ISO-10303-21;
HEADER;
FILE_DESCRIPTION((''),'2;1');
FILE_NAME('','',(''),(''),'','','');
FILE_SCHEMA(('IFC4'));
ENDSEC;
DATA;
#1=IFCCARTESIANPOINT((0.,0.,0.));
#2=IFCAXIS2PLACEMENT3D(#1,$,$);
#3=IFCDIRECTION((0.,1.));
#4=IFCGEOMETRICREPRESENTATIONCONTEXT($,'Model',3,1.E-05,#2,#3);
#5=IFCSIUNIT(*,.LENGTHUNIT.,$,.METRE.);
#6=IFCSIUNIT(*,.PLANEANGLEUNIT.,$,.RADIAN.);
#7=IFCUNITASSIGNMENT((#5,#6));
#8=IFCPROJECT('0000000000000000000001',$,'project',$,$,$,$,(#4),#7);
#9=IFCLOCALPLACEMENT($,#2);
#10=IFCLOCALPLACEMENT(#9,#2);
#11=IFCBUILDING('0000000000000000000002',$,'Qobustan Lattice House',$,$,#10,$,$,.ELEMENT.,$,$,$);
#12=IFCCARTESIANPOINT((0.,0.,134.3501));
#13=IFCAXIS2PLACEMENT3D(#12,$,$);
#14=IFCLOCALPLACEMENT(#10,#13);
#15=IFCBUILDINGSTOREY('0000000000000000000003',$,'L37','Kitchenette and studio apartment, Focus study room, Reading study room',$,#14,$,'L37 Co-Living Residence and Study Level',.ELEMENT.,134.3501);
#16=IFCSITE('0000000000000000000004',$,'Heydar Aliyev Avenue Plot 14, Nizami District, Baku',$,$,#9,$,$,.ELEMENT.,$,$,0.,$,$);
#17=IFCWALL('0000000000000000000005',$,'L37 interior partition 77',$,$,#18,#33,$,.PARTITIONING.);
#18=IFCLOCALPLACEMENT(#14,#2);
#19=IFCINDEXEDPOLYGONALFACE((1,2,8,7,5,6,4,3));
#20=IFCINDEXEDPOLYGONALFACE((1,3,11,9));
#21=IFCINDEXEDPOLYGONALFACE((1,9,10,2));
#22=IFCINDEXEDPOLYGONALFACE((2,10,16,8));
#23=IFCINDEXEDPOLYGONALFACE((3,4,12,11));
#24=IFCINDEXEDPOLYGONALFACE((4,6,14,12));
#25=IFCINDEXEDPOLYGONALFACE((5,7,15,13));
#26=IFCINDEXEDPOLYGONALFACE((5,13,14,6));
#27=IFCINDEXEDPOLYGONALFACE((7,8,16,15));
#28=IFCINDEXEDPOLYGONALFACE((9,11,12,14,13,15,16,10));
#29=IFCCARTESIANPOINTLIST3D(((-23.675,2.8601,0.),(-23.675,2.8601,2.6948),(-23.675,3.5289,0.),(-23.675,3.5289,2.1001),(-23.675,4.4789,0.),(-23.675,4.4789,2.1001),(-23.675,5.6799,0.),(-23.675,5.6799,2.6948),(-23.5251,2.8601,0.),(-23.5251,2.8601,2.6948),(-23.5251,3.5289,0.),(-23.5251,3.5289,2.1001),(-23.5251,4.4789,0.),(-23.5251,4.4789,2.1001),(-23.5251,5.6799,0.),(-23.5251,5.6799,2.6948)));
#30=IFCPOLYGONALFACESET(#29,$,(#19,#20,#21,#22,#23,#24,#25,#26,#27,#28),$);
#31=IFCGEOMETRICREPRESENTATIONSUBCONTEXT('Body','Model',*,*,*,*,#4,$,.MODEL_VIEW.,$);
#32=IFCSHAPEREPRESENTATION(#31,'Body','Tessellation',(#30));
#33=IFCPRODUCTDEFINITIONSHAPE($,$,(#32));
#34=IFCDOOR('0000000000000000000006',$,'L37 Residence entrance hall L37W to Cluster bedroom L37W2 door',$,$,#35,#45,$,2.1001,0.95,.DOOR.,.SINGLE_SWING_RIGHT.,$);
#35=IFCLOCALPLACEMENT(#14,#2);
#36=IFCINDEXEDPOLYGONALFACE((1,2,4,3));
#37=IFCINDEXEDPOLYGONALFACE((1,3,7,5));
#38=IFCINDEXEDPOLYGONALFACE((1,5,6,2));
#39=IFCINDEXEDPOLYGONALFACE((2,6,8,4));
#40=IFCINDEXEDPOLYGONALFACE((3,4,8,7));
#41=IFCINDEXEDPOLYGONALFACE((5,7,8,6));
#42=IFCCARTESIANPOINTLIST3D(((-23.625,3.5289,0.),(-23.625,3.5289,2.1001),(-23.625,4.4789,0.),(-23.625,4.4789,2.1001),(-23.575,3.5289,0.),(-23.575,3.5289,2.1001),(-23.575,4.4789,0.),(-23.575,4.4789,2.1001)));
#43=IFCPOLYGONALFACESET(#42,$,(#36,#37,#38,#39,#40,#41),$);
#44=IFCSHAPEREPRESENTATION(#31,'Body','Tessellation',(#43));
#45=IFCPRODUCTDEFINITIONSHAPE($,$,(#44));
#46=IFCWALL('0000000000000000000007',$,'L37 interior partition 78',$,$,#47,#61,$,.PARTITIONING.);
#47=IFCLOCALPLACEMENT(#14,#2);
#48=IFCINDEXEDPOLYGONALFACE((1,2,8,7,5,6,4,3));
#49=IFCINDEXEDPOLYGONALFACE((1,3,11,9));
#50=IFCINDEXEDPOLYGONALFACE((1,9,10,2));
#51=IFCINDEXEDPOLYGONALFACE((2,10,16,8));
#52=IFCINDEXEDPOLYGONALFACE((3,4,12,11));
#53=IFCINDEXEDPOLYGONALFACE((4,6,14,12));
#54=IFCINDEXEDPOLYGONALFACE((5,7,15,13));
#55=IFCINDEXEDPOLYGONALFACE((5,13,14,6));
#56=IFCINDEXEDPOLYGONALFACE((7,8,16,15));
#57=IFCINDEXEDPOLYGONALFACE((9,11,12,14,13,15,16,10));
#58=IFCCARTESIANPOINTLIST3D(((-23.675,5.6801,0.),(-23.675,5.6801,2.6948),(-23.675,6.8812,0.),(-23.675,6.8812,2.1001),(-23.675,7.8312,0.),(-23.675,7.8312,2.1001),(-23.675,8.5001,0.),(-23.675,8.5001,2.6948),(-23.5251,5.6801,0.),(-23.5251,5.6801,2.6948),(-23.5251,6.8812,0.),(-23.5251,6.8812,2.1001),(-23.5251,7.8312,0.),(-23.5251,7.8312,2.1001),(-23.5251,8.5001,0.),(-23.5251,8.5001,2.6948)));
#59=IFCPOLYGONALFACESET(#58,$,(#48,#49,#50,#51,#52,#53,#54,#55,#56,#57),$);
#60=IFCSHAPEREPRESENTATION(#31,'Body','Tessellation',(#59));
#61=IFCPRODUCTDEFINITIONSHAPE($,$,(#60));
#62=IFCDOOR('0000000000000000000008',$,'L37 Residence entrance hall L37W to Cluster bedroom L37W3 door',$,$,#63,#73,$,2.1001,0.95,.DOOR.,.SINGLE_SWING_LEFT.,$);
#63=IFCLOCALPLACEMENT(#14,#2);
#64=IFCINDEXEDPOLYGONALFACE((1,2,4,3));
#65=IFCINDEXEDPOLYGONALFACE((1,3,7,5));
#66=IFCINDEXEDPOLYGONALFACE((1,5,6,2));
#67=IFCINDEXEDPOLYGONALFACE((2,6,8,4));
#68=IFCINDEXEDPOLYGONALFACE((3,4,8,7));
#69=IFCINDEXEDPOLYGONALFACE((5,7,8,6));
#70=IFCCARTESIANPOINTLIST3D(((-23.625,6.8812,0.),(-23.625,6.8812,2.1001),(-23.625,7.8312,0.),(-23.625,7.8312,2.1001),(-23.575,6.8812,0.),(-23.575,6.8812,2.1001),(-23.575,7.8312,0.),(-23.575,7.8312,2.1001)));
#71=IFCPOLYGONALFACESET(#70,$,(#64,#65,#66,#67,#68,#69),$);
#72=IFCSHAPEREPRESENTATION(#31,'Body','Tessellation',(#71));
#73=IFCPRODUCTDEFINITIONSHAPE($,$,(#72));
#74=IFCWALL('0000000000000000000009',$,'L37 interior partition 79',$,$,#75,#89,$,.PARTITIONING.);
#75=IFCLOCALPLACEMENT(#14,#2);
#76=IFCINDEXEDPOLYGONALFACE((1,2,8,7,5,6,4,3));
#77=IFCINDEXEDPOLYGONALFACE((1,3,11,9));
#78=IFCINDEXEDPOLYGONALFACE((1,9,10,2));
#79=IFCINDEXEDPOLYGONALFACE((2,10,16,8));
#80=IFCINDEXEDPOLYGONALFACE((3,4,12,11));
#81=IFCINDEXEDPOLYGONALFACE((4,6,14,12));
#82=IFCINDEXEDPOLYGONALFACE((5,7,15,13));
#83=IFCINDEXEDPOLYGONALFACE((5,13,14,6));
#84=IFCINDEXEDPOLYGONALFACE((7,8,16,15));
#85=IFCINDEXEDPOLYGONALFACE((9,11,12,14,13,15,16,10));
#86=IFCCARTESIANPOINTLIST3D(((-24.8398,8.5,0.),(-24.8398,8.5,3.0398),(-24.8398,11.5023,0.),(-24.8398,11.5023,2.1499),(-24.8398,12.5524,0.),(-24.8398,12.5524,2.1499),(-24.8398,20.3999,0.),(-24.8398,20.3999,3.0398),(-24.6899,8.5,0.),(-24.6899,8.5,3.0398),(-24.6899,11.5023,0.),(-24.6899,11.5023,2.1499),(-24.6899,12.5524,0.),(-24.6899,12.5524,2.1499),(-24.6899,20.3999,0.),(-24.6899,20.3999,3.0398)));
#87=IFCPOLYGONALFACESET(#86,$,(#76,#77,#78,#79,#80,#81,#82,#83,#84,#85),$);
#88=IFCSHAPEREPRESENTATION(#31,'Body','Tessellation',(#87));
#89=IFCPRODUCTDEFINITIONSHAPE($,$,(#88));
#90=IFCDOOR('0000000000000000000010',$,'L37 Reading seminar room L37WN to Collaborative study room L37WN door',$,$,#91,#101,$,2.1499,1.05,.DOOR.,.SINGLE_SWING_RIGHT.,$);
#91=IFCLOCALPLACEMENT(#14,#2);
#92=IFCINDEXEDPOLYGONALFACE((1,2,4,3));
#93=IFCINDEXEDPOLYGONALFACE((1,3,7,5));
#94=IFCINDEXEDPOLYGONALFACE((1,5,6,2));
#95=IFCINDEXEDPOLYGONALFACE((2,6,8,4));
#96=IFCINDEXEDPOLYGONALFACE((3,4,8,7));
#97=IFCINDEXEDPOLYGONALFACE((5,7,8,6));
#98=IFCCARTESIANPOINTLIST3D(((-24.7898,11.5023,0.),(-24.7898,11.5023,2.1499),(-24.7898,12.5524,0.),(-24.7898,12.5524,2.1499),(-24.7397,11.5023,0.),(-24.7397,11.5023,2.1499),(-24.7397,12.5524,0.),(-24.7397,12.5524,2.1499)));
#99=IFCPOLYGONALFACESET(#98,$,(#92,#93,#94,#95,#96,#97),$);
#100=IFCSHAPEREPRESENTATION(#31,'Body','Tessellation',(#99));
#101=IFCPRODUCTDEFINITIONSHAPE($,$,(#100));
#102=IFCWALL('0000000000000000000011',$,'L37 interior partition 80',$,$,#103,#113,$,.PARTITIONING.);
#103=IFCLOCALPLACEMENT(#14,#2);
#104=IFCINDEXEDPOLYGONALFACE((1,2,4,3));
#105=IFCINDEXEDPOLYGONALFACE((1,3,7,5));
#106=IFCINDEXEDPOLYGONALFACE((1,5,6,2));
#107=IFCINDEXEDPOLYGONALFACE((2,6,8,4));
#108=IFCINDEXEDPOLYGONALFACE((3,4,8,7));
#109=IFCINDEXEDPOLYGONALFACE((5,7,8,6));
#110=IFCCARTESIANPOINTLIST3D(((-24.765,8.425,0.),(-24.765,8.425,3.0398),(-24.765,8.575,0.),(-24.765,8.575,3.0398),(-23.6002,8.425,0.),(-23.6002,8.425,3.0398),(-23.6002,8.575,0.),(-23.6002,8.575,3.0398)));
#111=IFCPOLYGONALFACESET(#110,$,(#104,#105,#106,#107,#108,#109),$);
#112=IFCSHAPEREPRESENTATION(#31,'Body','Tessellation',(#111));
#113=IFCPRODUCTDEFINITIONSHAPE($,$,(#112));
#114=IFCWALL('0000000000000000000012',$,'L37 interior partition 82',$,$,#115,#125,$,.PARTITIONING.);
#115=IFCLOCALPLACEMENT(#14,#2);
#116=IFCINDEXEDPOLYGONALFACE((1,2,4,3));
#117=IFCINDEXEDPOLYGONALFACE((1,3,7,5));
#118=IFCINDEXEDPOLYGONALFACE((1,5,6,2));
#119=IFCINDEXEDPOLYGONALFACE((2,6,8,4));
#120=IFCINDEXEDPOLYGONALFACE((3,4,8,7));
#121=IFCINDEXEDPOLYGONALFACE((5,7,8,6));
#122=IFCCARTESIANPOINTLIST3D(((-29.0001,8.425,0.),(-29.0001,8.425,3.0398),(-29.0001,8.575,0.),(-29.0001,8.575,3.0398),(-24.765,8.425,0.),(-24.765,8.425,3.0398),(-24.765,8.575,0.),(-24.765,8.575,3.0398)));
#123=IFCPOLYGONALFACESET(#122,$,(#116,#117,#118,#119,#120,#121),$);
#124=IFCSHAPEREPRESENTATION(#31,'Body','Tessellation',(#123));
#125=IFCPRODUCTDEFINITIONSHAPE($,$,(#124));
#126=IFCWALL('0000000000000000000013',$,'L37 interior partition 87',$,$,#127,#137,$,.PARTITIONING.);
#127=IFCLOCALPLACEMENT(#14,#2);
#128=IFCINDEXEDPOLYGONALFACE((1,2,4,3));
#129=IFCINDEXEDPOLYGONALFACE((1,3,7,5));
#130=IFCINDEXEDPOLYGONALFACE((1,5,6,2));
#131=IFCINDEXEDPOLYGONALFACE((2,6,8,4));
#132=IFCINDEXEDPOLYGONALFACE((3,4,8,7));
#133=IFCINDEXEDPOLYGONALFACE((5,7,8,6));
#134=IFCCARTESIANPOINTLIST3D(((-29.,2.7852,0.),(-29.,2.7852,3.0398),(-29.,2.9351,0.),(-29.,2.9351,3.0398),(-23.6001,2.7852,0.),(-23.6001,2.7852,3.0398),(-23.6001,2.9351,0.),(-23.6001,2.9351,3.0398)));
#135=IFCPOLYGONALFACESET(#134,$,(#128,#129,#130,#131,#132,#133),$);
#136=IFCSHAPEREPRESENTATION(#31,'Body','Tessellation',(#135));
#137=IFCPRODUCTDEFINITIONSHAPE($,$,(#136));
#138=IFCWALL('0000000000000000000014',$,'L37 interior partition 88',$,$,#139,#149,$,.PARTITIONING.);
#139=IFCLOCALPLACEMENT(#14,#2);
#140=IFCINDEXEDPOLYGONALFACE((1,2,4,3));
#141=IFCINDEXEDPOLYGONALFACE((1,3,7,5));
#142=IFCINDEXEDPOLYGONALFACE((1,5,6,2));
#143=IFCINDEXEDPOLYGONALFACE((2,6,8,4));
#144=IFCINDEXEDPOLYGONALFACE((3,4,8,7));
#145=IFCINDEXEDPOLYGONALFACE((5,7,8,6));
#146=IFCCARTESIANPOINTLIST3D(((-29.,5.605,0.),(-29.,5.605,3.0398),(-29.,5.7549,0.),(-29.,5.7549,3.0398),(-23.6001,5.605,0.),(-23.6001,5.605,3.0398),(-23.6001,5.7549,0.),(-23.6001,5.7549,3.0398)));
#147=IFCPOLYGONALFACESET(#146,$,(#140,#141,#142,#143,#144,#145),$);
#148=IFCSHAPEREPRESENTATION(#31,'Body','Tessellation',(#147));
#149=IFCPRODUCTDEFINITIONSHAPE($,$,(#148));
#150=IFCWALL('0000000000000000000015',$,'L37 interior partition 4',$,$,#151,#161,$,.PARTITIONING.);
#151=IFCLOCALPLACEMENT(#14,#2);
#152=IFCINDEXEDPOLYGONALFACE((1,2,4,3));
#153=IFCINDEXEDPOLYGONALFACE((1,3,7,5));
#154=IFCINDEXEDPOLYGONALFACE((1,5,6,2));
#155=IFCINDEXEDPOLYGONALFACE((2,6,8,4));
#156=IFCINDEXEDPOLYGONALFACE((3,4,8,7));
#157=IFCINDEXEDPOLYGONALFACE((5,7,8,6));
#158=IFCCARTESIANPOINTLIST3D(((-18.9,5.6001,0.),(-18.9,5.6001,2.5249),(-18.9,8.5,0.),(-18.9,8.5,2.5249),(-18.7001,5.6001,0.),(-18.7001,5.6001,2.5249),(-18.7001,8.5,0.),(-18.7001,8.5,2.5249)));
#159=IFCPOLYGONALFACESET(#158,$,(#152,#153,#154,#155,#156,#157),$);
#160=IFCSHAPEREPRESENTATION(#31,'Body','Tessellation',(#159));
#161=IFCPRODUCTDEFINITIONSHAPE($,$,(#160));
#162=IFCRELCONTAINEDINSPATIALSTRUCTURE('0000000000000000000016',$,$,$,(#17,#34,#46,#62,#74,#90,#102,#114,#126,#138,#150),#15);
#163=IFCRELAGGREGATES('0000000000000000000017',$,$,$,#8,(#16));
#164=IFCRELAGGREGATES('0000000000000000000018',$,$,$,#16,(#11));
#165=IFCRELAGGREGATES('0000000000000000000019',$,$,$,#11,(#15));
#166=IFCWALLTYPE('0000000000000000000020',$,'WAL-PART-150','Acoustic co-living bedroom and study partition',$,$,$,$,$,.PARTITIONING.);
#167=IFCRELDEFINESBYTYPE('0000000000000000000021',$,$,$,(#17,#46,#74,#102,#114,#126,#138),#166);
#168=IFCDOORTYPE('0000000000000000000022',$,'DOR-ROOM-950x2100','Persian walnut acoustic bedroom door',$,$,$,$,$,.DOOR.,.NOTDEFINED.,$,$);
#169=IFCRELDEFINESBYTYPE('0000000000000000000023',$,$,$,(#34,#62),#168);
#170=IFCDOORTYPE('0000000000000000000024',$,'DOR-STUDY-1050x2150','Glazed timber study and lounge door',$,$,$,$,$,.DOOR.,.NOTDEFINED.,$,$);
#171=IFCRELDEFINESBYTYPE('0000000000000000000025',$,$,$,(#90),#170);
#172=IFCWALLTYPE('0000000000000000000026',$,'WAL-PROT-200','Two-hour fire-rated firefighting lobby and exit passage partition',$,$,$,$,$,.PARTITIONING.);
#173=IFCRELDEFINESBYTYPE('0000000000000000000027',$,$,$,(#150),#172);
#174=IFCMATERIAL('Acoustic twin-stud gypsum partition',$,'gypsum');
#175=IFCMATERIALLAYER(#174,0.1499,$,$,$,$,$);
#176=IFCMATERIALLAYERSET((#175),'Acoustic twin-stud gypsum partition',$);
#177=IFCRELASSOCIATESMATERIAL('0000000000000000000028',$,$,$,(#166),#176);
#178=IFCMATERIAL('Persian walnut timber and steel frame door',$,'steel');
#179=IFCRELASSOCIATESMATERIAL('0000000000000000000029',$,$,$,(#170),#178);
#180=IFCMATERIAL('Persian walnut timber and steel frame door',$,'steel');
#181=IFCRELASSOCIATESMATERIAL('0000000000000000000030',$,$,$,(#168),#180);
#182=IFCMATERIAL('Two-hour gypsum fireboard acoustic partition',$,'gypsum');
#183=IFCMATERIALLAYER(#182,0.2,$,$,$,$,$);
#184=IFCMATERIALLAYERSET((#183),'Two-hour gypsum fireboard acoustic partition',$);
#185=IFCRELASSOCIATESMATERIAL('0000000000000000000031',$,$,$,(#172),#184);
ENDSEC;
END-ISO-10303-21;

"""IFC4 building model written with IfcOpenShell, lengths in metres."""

from ifc_helpers import new_model, si_unit, direction, frame, frame_2d, origin, place, context, subcontext, project, spatial, rectangle, extrude, material, layer, layer_set, type_object, element, fill, save


model = new_model("IFC4")

# Units and contexts
model_context = context("Model", 3, precision=1e-05, world=origin(), true_north=direction((0.0, 1.0)))
body_context = subcontext(model_context, "Body", "Model", "MODEL_VIEW")
ifc_project = project(units=[si_unit("LENGTHUNIT", "METRE"), si_unit("PLANEANGLEUNIT", "RADIAN")], contexts=[model_context])

# Site, building, storey
site_placement = place(None, origin())
site = spatial("IfcSite", under=ifc_project, at=site_placement, Name="Heydar Aliyev Avenue Plot 14, Nizami District, Baku", CompositionType="ELEMENT", RefElevation=0.0)
building_placement = place(site_placement, origin())
building = spatial("IfcBuilding", under=site, at=building_placement, Name="Qobustan Lattice House", CompositionType="ELEMENT")
storey_placement = place(building_placement, frame((0.0, 0.0, 134.3501)))
storey = spatial("IfcBuildingStorey", under=building, at=storey_placement, Name="L37", Description="Kitchenette and studio apartment, Focus study room, Reading study room", LongName="L37 Co-Living Residence and Study Level", CompositionType="ELEMENT", Elevation=134.3501)

# Walls, openings, doors
ifc_material_1 = material(Name="Acoustic twin-stud gypsum partition", Category="gypsum")
ifc_layer_1 = layer(ifc_material_1, 0.1499)
ifc_layer_set_1 = layer_set([ifc_layer_1], Name="Acoustic twin-stud gypsum partition")
wall_type_1 = type_object("IfcWallType", Name="WAL-PART-150", Description="Acoustic co-living bedroom and study partition", PredefinedType="PARTITIONING", material=ifc_layer_set_1)
ifc_material_2 = material(Name="Persian walnut timber and steel frame door", Category="steel")
door_type_1 = type_object("IfcDoorType", Name="DOR-STUDY-1050x2150", Description="Glazed timber study and lounge door", OperationType="NOTDEFINED", PredefinedType="DOOR", material=ifc_material_2)
wall_1_placement = place(storey_placement, frame((-23.6001, 2.8601, 0.0), z_axis=(0.0, 0.0, 1.0), x_axis=(0.0, 1.0, 0.0)))
wall_1 = element("IfcWall", 1, at=wall_1_placement, inside=storey, type_object=wall_type_1, Name="L37 interior partition 77", PredefinedType="PARTITIONING", context=body_context, shape_type="SweptSolid", body=[
    extrude(rectangle(XDim=2.8198, YDim=0.1499, at=frame_2d((1.4099, 0.0))), origin(), (0.0, 0.0, 1.0), 2.6948),
])
opening_1_placement = place(wall_1_placement, frame((0.6687, 0.0, 0.0)))
opening_1 = element("IfcOpeningElement", 2, at=opening_1_placement, cuts=wall_1, PredefinedType="OPENING", context=body_context, shape_type="SweptSolid", body=[
    extrude(rectangle(XDim=0.95, YDim=2.1001, at=frame_2d((0.4751, 1.05))), frame((0.0, 0.085, 0.0), z_axis=(0.0, -1.0, 0.0), x_axis=(1.0, 0.0, 0.0)), (0.0, 0.0, 1.0), 0.1699),
])
ifc_material_3 = material(Name="Persian walnut timber and steel frame door", Category="steel")
door_type_2 = type_object("IfcDoorType", Name="DOR-ROOM-950x2100", Description="Persian walnut acoustic bedroom door", OperationType="NOTDEFINED", PredefinedType="DOOR", material=ifc_material_3)
door_1_placement = place(opening_1_placement, origin())
door_1 = element("IfcDoor", 3, at=door_1_placement, inside=storey, type_object=door_type_2, Name="L37 Residence entrance hall L37W to Cluster bedroom L37W2 door", OperationType="SINGLE_SWING_RIGHT", OverallHeight=2.1001, OverallWidth=0.95, PredefinedType="DOOR", context=body_context, shape_type="SweptSolid", body=[
    extrude(rectangle(XDim=0.95, YDim=2.1001, at=frame_2d((0.4751, 1.05))), frame((0.0, 0.0249, 0.0), z_axis=(0.0, -1.0, 0.0), x_axis=(1.0, 0.0, 0.0)), (0.0, 0.0, 1.0), 0.05),
])
fill(opening_1, door_1)
wall_2_placement = place(storey_placement, frame((-23.6001, 5.6799, 0.0), z_axis=(0.0, 0.0, 1.0), x_axis=(0.0, 1.0, 0.0)))
wall_2 = element("IfcWall", 4, at=wall_2_placement, inside=storey, type_object=wall_type_1, Name="L37 interior partition 78", PredefinedType="PARTITIONING", context=body_context, shape_type="SweptSolid", body=[
    extrude(rectangle(XDim=2.8201, YDim=0.1499, at=frame_2d((1.4102, 0.0))), origin(), (0.0, 0.0, 1.0), 2.6948),
])
opening_2_placement = place(wall_2_placement, frame((1.2012, 0.0, 0.0)))
opening_2 = element("IfcOpeningElement", 5, at=opening_2_placement, cuts=wall_2, PredefinedType="OPENING", context=body_context, shape_type="SweptSolid", body=[
    extrude(rectangle(XDim=0.95, YDim=2.1001, at=frame_2d((0.4751, 1.05))), frame((0.0, 0.085, 0.0), z_axis=(0.0, -1.0, 0.0), x_axis=(1.0, 0.0, 0.0)), (0.0, 0.0, 1.0), 0.1699),
])
door_2_placement = place(opening_2_placement, origin())
door_2 = element("IfcDoor", 6, at=door_2_placement, inside=storey, type_object=door_type_2, Name="L37 Residence entrance hall L37W to Cluster bedroom L37W3 door", OperationType="SINGLE_SWING_LEFT", OverallHeight=2.1001, OverallWidth=0.95, PredefinedType="DOOR", context=body_context, shape_type="SweptSolid", body=[
    extrude(rectangle(XDim=0.95, YDim=2.1001, at=frame_2d((0.4751, 1.05))), frame((0.0, 0.0249, 0.0), z_axis=(0.0, -1.0, 0.0), x_axis=(1.0, 0.0, 0.0)), (0.0, 0.0, 1.0), 0.05),
])
fill(opening_2, door_2)
wall_3_placement = place(storey_placement, frame((-24.7649, 8.5, 0.0), z_axis=(0.0, 0.0, 1.0), x_axis=(0.0, 1.0, 0.0)))
wall_3 = element("IfcWall", 7, at=wall_3_placement, inside=storey, type_object=wall_type_1, Name="L37 interior partition 79", PredefinedType="PARTITIONING", context=body_context, shape_type="SweptSolid", body=[
    extrude(rectangle(XDim=11.8999, YDim=0.1499, at=frame_2d((5.95, 0.0))), origin(), (0.0, 0.0, 1.0), 3.0398),
])
opening_3_placement = place(wall_3_placement, frame((3.0024, 0.0, 0.0)))
opening_3 = element("IfcOpeningElement", 8, at=opening_3_placement, cuts=wall_3, PredefinedType="OPENING", context=body_context, shape_type="SweptSolid", body=[
    extrude(rectangle(XDim=1.05, YDim=2.1499, at=frame_2d((0.5249, 1.075))), frame((0.0, 0.085, 0.0), z_axis=(0.0, -1.0, 0.0), x_axis=(1.0, 0.0, 0.0)), (0.0, 0.0, 1.0), 0.1699),
])
door_3_placement = place(opening_3_placement, origin())
door_3 = element("IfcDoor", 9, at=door_3_placement, inside=storey, type_object=door_type_1, Name="L37 Reading seminar room L37WN to Collaborative study room L37WN door", OperationType="SINGLE_SWING_RIGHT", OverallHeight=2.1499, OverallWidth=1.05, PredefinedType="DOOR", context=body_context, shape_type="SweptSolid", body=[
    extrude(rectangle(XDim=1.05, YDim=2.1499, at=frame_2d((0.5249, 1.075))), frame((0.0, 0.0249, 0.0), z_axis=(0.0, -1.0, 0.0), x_axis=(1.0, 0.0, 0.0)), (0.0, 0.0, 1.0), 0.05),
])
fill(opening_3, door_3)

# Walls
wall_4_placement = place(storey_placement, frame((-23.6001, 8.5, 0.0), z_axis=(0.0, 0.0, 1.0), x_axis=(-1.0, 0.0, 0.0)))
element("IfcWall", 10, at=wall_4_placement, inside=storey, type_object=wall_type_1, Name="L37 interior partition 80", PredefinedType="PARTITIONING", context=body_context, shape_type="SweptSolid", body=[
    extrude(rectangle(XDim=1.1648, YDim=0.1499, at=frame_2d((0.5825, 0.0))), origin(), (0.0, 0.0, 1.0), 3.0398),
])
wall_5_placement = place(storey_placement, frame((-24.7649, 8.5, 0.0), z_axis=(0.0, 0.0, 1.0), x_axis=(-1.0, 0.0, 0.0)))
element("IfcWall", 11, at=wall_5_placement, inside=storey, type_object=wall_type_1, Name="L37 interior partition 82", PredefinedType="PARTITIONING", context=body_context, shape_type="SweptSolid", body=[
    extrude(rectangle(XDim=4.2351, YDim=0.1499, at=frame_2d((2.1177, 0.0))), origin(), (0.0, 0.0, 1.0), 3.0398),
])
for number, where, z_axis, x_axis, name in (
    (12, (-29.0, 2.8601, 0.0), (0.0, 0.0, 1.0), (1.0, 0.0, 0.0), "L37 interior partition 87"),
    (13, (-29.0, 5.6799, 0.0), (0.0, 0.0, 1.0), (1.0, 0.0, 0.0), "L37 interior partition 88"),
):
    element("IfcWall", number, at=place(storey_placement, frame(where, z_axis=z_axis, x_axis=x_axis)), inside=storey, type_object=wall_type_1, Name=name, PredefinedType="PARTITIONING", context=body_context, shape_type="SweptSolid", body=[
        extrude(rectangle(XDim=5.3999, YDim=0.1499, at=frame_2d((2.7, 0.0))), origin(), (0.0, 0.0, 1.0), 3.0398),
    ])
ifc_material_4 = material(Name="Two-hour gypsum fireboard acoustic partition", Category="gypsum")
ifc_layer_2 = layer(ifc_material_4, 0.2)
ifc_layer_set_2 = layer_set([ifc_layer_2], Name="Two-hour gypsum fireboard acoustic partition")
wall_type_2 = type_object("IfcWallType", Name="WAL-PROT-200", Description="Two-hour fire-rated firefighting lobby and exit passage partition", PredefinedType="PARTITIONING", material=ifc_layer_set_2)
wall_6_placement = place(storey_placement, frame((-18.8, 8.5, 0.0), z_axis=(0.0, 0.0, 1.0), x_axis=(0.0, -1.0, 0.0)))
element("IfcWall", 14, at=wall_6_placement, inside=storey, type_object=wall_type_2, Name="L37 interior partition 4", PredefinedType="PARTITIONING", context=body_context, shape_type="SweptSolid", body=[
    extrude(rectangle(XDim=2.8999, YDim=0.2, at=frame_2d((1.45, 0.0))), origin(), (0.0, 0.0, 1.0), 2.5249),
])

save(model, "model.ifc")
